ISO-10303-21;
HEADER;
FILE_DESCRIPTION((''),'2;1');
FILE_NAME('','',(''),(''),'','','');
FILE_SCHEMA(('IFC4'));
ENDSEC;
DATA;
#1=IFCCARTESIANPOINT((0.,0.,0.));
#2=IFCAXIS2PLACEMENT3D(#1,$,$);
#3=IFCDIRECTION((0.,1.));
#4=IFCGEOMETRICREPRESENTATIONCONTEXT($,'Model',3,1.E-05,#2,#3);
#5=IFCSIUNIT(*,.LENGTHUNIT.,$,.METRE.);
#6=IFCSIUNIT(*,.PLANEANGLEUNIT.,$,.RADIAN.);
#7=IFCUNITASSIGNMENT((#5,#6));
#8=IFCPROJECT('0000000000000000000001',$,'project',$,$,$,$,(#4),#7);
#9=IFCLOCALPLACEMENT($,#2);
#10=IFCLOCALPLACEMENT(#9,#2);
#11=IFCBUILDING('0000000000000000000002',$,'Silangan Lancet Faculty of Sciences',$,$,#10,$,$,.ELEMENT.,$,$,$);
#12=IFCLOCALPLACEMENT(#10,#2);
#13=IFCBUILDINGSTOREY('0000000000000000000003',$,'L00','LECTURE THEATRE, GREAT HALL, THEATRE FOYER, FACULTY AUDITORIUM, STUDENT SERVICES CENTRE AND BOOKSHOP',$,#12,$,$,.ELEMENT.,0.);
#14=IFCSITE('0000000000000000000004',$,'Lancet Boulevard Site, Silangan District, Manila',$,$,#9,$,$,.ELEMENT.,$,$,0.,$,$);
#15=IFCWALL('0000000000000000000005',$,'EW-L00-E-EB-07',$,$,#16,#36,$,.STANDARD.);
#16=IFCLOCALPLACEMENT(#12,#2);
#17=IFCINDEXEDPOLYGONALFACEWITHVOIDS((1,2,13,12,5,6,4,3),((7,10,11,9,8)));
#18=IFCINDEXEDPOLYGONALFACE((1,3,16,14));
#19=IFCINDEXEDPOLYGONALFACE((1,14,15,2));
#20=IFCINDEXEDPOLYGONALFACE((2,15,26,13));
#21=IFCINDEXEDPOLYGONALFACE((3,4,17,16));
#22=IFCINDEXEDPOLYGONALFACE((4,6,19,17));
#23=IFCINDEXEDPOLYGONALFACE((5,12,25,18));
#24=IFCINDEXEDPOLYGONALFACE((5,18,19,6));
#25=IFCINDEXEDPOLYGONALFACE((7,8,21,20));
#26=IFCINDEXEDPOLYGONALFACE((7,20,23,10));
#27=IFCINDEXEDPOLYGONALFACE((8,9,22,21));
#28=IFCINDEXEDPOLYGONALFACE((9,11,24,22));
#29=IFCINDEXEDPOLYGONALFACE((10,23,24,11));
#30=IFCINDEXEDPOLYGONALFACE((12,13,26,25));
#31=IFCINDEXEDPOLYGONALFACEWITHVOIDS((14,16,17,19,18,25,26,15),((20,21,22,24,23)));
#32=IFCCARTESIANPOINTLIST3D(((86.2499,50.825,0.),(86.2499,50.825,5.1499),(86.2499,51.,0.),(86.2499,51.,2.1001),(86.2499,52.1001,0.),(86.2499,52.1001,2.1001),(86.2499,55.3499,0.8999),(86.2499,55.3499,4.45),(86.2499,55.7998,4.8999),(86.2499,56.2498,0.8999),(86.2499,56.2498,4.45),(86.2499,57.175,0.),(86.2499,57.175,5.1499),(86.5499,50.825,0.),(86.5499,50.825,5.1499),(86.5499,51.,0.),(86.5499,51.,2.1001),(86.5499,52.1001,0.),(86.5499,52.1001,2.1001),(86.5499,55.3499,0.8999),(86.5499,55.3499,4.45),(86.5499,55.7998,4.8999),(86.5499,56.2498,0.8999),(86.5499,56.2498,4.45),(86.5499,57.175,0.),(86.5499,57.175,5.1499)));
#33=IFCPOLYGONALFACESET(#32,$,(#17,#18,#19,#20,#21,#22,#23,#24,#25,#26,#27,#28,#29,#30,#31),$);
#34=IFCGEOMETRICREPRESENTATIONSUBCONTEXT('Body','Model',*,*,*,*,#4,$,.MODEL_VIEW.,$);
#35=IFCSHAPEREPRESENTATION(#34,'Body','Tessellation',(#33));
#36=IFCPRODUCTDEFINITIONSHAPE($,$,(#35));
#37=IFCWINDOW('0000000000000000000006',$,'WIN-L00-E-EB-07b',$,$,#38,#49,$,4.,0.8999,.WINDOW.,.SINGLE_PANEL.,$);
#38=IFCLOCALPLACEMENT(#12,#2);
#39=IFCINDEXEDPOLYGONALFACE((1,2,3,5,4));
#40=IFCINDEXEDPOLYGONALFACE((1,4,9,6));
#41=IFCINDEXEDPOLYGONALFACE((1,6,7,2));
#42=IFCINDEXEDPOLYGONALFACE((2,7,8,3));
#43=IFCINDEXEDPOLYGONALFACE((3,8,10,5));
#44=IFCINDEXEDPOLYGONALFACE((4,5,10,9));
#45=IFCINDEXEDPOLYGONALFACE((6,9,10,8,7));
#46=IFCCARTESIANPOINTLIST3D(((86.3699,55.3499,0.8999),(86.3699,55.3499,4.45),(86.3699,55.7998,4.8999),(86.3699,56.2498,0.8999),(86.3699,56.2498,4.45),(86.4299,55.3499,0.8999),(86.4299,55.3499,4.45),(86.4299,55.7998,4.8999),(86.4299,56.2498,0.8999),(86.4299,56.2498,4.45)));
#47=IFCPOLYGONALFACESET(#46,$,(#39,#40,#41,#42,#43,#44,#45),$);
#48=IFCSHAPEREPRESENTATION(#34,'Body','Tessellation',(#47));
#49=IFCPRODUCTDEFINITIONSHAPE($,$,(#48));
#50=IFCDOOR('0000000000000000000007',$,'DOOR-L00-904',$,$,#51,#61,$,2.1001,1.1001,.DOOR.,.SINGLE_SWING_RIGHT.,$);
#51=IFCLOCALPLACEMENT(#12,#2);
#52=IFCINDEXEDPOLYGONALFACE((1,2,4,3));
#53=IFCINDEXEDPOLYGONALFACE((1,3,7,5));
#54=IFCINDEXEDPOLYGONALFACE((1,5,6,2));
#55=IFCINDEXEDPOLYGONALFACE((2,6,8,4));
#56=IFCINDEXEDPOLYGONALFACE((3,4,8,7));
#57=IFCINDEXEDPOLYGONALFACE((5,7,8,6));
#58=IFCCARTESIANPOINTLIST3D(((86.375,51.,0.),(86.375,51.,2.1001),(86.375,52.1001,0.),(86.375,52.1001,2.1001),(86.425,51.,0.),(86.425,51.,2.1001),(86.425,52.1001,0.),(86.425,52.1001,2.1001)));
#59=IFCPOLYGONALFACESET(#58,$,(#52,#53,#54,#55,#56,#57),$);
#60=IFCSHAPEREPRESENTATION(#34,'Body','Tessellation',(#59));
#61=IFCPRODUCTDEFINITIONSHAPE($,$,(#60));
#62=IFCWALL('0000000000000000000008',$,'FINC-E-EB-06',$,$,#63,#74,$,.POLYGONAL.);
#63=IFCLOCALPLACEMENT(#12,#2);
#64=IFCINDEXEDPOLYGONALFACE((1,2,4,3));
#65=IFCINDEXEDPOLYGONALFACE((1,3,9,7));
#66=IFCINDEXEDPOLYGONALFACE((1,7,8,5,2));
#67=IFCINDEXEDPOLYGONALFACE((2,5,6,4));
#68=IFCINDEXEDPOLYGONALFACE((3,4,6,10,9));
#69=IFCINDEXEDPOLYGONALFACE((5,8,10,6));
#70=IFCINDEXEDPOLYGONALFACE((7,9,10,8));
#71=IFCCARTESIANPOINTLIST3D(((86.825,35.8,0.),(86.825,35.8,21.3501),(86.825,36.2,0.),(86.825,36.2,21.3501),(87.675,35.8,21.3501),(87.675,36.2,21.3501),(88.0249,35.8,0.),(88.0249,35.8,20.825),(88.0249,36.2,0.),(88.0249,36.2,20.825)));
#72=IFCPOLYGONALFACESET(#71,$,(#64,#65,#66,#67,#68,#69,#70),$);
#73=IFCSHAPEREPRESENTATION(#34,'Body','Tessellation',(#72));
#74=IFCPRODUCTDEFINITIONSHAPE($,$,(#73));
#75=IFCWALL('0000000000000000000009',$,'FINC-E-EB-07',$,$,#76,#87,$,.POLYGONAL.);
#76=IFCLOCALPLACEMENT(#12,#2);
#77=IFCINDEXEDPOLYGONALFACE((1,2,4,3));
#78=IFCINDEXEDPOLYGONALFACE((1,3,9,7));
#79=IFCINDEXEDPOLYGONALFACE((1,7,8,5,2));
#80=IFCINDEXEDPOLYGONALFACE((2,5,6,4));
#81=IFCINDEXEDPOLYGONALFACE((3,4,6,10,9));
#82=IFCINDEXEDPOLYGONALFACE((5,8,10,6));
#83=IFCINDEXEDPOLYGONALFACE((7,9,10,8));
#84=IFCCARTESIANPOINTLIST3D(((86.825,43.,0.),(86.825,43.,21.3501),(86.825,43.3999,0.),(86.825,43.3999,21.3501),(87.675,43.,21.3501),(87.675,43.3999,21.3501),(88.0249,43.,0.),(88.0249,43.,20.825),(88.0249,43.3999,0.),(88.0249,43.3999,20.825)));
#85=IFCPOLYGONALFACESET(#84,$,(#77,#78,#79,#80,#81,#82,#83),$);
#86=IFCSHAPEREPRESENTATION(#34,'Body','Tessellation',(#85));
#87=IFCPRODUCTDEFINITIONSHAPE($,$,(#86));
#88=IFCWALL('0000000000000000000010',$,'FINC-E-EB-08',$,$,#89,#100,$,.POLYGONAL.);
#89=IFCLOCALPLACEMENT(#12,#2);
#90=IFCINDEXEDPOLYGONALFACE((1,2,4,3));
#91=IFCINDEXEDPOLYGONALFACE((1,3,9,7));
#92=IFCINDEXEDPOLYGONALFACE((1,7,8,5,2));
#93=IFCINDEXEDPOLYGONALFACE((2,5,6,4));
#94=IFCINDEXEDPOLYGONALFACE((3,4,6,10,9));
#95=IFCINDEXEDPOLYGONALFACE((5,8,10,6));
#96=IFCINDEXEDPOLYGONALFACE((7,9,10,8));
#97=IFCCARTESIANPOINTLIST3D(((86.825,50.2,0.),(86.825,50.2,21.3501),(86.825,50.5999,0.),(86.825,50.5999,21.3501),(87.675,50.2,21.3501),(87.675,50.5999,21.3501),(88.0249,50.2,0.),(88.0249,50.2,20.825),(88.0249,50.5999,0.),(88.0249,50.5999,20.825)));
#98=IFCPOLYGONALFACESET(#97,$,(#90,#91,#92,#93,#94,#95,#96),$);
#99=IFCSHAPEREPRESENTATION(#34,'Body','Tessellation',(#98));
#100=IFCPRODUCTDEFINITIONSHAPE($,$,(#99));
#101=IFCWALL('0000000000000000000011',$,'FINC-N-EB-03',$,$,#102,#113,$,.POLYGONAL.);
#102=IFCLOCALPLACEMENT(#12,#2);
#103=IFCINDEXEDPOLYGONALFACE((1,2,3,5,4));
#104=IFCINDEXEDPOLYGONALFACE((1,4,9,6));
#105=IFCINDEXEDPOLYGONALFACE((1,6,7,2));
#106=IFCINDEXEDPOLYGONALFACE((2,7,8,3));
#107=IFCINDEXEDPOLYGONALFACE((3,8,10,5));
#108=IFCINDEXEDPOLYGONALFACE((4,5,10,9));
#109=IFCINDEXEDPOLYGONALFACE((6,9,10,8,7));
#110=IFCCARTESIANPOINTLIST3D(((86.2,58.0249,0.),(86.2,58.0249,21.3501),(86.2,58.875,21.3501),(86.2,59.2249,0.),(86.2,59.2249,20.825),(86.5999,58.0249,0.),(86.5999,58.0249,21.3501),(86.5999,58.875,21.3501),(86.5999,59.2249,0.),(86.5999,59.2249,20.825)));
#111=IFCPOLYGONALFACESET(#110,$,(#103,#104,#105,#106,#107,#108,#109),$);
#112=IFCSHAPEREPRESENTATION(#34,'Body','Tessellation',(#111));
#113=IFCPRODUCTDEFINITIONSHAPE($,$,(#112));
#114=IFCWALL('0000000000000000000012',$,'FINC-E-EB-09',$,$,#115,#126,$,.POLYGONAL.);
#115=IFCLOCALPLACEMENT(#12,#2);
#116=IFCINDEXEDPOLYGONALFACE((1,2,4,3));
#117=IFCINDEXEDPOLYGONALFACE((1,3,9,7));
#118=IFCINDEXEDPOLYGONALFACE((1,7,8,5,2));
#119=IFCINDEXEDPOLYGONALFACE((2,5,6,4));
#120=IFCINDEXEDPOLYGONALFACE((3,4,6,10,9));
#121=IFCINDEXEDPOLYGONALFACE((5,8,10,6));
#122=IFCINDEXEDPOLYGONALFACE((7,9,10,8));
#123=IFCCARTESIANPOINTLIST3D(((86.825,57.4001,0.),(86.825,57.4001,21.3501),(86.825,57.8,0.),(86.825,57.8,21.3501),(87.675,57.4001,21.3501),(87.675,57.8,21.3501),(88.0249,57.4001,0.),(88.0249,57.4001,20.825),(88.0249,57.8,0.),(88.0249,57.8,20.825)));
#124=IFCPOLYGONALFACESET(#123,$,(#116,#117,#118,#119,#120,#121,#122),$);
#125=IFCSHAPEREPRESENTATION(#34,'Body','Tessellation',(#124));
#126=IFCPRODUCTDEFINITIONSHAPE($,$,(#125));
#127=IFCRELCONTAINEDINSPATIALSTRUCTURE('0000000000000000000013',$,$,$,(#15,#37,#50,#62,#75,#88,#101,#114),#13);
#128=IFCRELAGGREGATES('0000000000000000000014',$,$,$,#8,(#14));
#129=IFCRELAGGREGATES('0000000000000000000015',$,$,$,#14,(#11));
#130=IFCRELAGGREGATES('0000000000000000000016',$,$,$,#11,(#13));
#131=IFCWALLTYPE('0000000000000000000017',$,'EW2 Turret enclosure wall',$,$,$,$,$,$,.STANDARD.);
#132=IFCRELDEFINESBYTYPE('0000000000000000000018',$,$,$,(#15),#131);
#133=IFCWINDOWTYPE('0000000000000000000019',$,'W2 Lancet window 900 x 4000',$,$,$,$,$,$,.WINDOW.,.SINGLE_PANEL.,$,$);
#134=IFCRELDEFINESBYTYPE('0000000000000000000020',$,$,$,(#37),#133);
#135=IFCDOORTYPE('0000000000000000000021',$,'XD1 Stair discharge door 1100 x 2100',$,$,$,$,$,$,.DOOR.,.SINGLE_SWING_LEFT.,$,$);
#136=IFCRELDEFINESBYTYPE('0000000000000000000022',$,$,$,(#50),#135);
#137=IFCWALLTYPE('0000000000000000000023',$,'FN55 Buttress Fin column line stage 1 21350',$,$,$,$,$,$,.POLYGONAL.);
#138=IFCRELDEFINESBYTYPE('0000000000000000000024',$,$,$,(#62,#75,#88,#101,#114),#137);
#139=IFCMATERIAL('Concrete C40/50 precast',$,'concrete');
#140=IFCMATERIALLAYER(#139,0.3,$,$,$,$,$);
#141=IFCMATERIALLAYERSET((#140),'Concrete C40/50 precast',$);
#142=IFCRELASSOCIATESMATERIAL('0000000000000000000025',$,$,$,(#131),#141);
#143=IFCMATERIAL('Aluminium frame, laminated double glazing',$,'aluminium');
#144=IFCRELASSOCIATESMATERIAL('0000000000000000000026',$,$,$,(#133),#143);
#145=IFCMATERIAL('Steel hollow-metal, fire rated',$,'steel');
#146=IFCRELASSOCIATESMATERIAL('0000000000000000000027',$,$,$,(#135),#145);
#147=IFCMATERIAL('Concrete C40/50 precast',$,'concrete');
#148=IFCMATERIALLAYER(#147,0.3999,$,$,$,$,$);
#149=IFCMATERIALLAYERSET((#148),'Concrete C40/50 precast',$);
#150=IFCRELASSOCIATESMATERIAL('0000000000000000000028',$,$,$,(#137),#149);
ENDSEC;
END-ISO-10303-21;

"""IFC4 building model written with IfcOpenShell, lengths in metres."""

from ifc_helpers import new_model, si_unit, direction, frame, frame_2d, origin, place, context, subcontext, project, spatial, polyline, rectangle, outline, extrude, material, layer, layer_set, type_object, element, fill, save


model = new_model("IFC4")

# Units and contexts
model_context = context("Model", 3, precision=1e-05, world=origin(), true_north=direction((0.0, 1.0)))
body_context = subcontext(model_context, "Body", "Model", "MODEL_VIEW")
ifc_project = project(units=[si_unit("LENGTHUNIT", "METRE"), si_unit("PLANEANGLEUNIT", "RADIAN")], contexts=[model_context])

# Site, building, storey
site_placement = place(None, origin())
site = spatial("IfcSite", under=ifc_project, at=site_placement, Name="Lancet Boulevard Site, Silangan District, Manila", CompositionType="ELEMENT", RefElevation=0.0)
building_placement = place(site_placement, origin())
building = spatial("IfcBuilding", under=site, at=building_placement, Name="Silangan Lancet Faculty of Sciences", CompositionType="ELEMENT")
storey_placement = place(building_placement, origin())
storey = spatial("IfcBuildingStorey", under=building, at=storey_placement, Name="L00", Description="LECTURE THEATRE, GREAT HALL, THEATRE FOYER, FACULTY AUDITORIUM, STUDENT SERVICES CENTRE AND BOOKSHOP", CompositionType="ELEMENT", Elevation=0.0)

# Wall, openings, window, door
ifc_material_1 = material(Name="Concrete C40/50 precast", Category="concrete")
ifc_layer_1 = layer(ifc_material_1, 0.3)
ifc_layer_set_1 = layer_set([ifc_layer_1], Name="Concrete C40/50 precast")
wall_type_1 = type_object("IfcWallType", Name="EW2 Turret enclosure wall", PredefinedType="STANDARD", material=ifc_layer_set_1)
wall_1_placement = place(storey_placement, frame((86.3999, 50.825, 0.0), z_axis=(0.0, 0.0, 1.0), x_axis=(0.0, 1.0, 0.0)))
wall_1 = element("IfcWall", 1, at=wall_1_placement, inside=storey, type_object=wall_type_1, Name="EW-L00-E-EB-07", PredefinedType="STANDARD", context=body_context, shape_type="SweptSolid", body=[
    extrude(rectangle(XDim=6.3501, YDim=0.3, at=frame_2d((3.175, 0.0))), origin(), (0.0, 0.0, 1.0), 5.1499),
])
opening_1_placement = place(wall_1_placement, frame((0.175, 0.0, 0.0)))
opening_1 = element("IfcOpeningElement", 2, at=opening_1_placement, cuts=wall_1, PredefinedType="OPENING", context=body_context, shape_type="SweptSolid", body=[
    extrude(rectangle(XDim=1.1001, YDim=2.1001, at=frame_2d((0.55, 1.05))), frame((0.0, 0.1599, 0.0), z_axis=(0.0, -1.0, 0.0), x_axis=(1.0, 0.0, 0.0)), (0.0, 0.0, 1.0), 0.3201),
])
opening_2_placement = place(wall_1_placement, frame((4.5249, 0.0, 0.8999)))
opening_2 = element("IfcOpeningElement", 3, at=opening_2_placement, cuts=wall_1, PredefinedType="OPENING", context=body_context, shape_type="SweptSolid", body=[
    extrude(outline(polyline([(0.0, 0.0), (0.8999, 0.0), (0.8999, 3.55), (0.45, 4.0), (0.0, 3.55), (0.0, 0.0)])), frame((0.0, 0.1599, 0.0), z_axis=(0.0, -1.0, 0.0), x_axis=(1.0, 0.0, 0.0)), (0.0, 0.0, 1.0), 0.3201),
])
ifc_material_2 = material(Name="Aluminium frame, laminated double glazing", Category="aluminium")
window_type = type_object("IfcWindowType", Name="W2 Lancet window 900 x 4000", PartitioningType="SINGLE_PANEL", PredefinedType="WINDOW", material=ifc_material_2)
window_placement = place(opening_2_placement, origin())
window = element("IfcWindow", 4, at=window_placement, inside=storey, type_object=window_type, Name="WIN-L00-E-EB-07b", OverallHeight=4.0, OverallWidth=0.8999, PartitioningType="SINGLE_PANEL", PredefinedType="WINDOW", context=body_context, shape_type="SweptSolid", body=[
    extrude(outline(polyline([(0.0, 0.0), (0.8999, 0.0), (0.8999, 3.55), (0.45, 4.0), (0.0, 3.55), (0.0, 0.0)])), frame((0.0, 0.03, 0.0), z_axis=(0.0, -1.0, 0.0), x_axis=(1.0, 0.0, 0.0)), (0.0, 0.0, 1.0), 0.0601),
])
fill(opening_2, window)
ifc_material_3 = material(Name="Steel hollow-metal, fire rated", Category="steel")
door_type = type_object("IfcDoorType", Name="XD1 Stair discharge door 1100 x 2100", OperationType="SINGLE_SWING_LEFT", PredefinedType="DOOR", material=ifc_material_3)
door_placement = place(opening_1_placement, frame((1.1001, 0.0, 0.0), z_axis=(0.0, 0.0, 1.0), x_axis=(-1.0, 0.0, 0.0)))
door = element("IfcDoor", 5, at=door_placement, inside=storey, type_object=door_type, Name="DOOR-L00-904", OperationType="SINGLE_SWING_RIGHT", OverallHeight=2.1001, OverallWidth=1.1001, PredefinedType="DOOR", context=body_context, shape_type="SweptSolid", body=[
    extrude(rectangle(XDim=1.1001, YDim=2.1001, at=frame_2d((0.55, 1.05))), frame((0.0, 0.0251, 0.0), z_axis=(0.0, -1.0, 0.0), x_axis=(1.0, 0.0, 0.0)), (0.0, 0.0, 1.0), 0.05),
])
fill(opening_1, door)

# Walls
ifc_material_4 = material(Name="Concrete C40/50 precast", Category="concrete")
ifc_layer_2 = layer(ifc_material_4, 0.3999)
ifc_layer_set_2 = layer_set([ifc_layer_2], Name="Concrete C40/50 precast")
wall_type_2 = type_object("IfcWallType", Name="FN55 Buttress Fin column line stage 1 21350", PredefinedType="POLYGONAL", material=ifc_layer_set_2)
for number, where, z_axis, x_axis, name in (
    (6, (86.825, 36.0, 0.0), (0.0, 0.0, 1.0), (1.0, 0.0, 0.0), "FINC-E-EB-06"),
    (7, (86.825, 43.2, 0.0), (0.0, 0.0, 1.0), (1.0, 0.0, 0.0), "FINC-E-EB-07"),
    (8, (86.825, 50.3999, 0.0), (0.0, 0.0, 1.0), (1.0, 0.0, 0.0), "FINC-E-EB-08"),
    (9, (86.3999, 58.0249, 0.0), (0.0, 0.0, 1.0), (0.0, 1.0, 0.0), "FINC-N-EB-03"),
    (10, (86.825, 57.6001, 0.0), (0.0, 0.0, 1.0), (1.0, 0.0, 0.0), "FINC-E-EB-09"),
):
    element("IfcWall", number, at=place(storey_placement, frame(where, z_axis=z_axis, x_axis=x_axis)), inside=storey, type_object=wall_type_2, Name=name, PredefinedType="POLYGONAL", context=body_context, shape_type="SweptSolid", body=[
        extrude(outline(polyline([(1.2, 0.0), (1.2, 20.825), (0.8501, 21.3501), (0.0, 21.3501), (0.0, 0.0), (1.2, 0.0)])), frame((0.0, 0.2, 0.0), z_axis=(0.0, -1.0, 0.0), x_axis=(1.0, 0.0, 0.0)), (0.0, 0.0, 1.0), 0.3999),
    ])

save(model, "model.ifc")
